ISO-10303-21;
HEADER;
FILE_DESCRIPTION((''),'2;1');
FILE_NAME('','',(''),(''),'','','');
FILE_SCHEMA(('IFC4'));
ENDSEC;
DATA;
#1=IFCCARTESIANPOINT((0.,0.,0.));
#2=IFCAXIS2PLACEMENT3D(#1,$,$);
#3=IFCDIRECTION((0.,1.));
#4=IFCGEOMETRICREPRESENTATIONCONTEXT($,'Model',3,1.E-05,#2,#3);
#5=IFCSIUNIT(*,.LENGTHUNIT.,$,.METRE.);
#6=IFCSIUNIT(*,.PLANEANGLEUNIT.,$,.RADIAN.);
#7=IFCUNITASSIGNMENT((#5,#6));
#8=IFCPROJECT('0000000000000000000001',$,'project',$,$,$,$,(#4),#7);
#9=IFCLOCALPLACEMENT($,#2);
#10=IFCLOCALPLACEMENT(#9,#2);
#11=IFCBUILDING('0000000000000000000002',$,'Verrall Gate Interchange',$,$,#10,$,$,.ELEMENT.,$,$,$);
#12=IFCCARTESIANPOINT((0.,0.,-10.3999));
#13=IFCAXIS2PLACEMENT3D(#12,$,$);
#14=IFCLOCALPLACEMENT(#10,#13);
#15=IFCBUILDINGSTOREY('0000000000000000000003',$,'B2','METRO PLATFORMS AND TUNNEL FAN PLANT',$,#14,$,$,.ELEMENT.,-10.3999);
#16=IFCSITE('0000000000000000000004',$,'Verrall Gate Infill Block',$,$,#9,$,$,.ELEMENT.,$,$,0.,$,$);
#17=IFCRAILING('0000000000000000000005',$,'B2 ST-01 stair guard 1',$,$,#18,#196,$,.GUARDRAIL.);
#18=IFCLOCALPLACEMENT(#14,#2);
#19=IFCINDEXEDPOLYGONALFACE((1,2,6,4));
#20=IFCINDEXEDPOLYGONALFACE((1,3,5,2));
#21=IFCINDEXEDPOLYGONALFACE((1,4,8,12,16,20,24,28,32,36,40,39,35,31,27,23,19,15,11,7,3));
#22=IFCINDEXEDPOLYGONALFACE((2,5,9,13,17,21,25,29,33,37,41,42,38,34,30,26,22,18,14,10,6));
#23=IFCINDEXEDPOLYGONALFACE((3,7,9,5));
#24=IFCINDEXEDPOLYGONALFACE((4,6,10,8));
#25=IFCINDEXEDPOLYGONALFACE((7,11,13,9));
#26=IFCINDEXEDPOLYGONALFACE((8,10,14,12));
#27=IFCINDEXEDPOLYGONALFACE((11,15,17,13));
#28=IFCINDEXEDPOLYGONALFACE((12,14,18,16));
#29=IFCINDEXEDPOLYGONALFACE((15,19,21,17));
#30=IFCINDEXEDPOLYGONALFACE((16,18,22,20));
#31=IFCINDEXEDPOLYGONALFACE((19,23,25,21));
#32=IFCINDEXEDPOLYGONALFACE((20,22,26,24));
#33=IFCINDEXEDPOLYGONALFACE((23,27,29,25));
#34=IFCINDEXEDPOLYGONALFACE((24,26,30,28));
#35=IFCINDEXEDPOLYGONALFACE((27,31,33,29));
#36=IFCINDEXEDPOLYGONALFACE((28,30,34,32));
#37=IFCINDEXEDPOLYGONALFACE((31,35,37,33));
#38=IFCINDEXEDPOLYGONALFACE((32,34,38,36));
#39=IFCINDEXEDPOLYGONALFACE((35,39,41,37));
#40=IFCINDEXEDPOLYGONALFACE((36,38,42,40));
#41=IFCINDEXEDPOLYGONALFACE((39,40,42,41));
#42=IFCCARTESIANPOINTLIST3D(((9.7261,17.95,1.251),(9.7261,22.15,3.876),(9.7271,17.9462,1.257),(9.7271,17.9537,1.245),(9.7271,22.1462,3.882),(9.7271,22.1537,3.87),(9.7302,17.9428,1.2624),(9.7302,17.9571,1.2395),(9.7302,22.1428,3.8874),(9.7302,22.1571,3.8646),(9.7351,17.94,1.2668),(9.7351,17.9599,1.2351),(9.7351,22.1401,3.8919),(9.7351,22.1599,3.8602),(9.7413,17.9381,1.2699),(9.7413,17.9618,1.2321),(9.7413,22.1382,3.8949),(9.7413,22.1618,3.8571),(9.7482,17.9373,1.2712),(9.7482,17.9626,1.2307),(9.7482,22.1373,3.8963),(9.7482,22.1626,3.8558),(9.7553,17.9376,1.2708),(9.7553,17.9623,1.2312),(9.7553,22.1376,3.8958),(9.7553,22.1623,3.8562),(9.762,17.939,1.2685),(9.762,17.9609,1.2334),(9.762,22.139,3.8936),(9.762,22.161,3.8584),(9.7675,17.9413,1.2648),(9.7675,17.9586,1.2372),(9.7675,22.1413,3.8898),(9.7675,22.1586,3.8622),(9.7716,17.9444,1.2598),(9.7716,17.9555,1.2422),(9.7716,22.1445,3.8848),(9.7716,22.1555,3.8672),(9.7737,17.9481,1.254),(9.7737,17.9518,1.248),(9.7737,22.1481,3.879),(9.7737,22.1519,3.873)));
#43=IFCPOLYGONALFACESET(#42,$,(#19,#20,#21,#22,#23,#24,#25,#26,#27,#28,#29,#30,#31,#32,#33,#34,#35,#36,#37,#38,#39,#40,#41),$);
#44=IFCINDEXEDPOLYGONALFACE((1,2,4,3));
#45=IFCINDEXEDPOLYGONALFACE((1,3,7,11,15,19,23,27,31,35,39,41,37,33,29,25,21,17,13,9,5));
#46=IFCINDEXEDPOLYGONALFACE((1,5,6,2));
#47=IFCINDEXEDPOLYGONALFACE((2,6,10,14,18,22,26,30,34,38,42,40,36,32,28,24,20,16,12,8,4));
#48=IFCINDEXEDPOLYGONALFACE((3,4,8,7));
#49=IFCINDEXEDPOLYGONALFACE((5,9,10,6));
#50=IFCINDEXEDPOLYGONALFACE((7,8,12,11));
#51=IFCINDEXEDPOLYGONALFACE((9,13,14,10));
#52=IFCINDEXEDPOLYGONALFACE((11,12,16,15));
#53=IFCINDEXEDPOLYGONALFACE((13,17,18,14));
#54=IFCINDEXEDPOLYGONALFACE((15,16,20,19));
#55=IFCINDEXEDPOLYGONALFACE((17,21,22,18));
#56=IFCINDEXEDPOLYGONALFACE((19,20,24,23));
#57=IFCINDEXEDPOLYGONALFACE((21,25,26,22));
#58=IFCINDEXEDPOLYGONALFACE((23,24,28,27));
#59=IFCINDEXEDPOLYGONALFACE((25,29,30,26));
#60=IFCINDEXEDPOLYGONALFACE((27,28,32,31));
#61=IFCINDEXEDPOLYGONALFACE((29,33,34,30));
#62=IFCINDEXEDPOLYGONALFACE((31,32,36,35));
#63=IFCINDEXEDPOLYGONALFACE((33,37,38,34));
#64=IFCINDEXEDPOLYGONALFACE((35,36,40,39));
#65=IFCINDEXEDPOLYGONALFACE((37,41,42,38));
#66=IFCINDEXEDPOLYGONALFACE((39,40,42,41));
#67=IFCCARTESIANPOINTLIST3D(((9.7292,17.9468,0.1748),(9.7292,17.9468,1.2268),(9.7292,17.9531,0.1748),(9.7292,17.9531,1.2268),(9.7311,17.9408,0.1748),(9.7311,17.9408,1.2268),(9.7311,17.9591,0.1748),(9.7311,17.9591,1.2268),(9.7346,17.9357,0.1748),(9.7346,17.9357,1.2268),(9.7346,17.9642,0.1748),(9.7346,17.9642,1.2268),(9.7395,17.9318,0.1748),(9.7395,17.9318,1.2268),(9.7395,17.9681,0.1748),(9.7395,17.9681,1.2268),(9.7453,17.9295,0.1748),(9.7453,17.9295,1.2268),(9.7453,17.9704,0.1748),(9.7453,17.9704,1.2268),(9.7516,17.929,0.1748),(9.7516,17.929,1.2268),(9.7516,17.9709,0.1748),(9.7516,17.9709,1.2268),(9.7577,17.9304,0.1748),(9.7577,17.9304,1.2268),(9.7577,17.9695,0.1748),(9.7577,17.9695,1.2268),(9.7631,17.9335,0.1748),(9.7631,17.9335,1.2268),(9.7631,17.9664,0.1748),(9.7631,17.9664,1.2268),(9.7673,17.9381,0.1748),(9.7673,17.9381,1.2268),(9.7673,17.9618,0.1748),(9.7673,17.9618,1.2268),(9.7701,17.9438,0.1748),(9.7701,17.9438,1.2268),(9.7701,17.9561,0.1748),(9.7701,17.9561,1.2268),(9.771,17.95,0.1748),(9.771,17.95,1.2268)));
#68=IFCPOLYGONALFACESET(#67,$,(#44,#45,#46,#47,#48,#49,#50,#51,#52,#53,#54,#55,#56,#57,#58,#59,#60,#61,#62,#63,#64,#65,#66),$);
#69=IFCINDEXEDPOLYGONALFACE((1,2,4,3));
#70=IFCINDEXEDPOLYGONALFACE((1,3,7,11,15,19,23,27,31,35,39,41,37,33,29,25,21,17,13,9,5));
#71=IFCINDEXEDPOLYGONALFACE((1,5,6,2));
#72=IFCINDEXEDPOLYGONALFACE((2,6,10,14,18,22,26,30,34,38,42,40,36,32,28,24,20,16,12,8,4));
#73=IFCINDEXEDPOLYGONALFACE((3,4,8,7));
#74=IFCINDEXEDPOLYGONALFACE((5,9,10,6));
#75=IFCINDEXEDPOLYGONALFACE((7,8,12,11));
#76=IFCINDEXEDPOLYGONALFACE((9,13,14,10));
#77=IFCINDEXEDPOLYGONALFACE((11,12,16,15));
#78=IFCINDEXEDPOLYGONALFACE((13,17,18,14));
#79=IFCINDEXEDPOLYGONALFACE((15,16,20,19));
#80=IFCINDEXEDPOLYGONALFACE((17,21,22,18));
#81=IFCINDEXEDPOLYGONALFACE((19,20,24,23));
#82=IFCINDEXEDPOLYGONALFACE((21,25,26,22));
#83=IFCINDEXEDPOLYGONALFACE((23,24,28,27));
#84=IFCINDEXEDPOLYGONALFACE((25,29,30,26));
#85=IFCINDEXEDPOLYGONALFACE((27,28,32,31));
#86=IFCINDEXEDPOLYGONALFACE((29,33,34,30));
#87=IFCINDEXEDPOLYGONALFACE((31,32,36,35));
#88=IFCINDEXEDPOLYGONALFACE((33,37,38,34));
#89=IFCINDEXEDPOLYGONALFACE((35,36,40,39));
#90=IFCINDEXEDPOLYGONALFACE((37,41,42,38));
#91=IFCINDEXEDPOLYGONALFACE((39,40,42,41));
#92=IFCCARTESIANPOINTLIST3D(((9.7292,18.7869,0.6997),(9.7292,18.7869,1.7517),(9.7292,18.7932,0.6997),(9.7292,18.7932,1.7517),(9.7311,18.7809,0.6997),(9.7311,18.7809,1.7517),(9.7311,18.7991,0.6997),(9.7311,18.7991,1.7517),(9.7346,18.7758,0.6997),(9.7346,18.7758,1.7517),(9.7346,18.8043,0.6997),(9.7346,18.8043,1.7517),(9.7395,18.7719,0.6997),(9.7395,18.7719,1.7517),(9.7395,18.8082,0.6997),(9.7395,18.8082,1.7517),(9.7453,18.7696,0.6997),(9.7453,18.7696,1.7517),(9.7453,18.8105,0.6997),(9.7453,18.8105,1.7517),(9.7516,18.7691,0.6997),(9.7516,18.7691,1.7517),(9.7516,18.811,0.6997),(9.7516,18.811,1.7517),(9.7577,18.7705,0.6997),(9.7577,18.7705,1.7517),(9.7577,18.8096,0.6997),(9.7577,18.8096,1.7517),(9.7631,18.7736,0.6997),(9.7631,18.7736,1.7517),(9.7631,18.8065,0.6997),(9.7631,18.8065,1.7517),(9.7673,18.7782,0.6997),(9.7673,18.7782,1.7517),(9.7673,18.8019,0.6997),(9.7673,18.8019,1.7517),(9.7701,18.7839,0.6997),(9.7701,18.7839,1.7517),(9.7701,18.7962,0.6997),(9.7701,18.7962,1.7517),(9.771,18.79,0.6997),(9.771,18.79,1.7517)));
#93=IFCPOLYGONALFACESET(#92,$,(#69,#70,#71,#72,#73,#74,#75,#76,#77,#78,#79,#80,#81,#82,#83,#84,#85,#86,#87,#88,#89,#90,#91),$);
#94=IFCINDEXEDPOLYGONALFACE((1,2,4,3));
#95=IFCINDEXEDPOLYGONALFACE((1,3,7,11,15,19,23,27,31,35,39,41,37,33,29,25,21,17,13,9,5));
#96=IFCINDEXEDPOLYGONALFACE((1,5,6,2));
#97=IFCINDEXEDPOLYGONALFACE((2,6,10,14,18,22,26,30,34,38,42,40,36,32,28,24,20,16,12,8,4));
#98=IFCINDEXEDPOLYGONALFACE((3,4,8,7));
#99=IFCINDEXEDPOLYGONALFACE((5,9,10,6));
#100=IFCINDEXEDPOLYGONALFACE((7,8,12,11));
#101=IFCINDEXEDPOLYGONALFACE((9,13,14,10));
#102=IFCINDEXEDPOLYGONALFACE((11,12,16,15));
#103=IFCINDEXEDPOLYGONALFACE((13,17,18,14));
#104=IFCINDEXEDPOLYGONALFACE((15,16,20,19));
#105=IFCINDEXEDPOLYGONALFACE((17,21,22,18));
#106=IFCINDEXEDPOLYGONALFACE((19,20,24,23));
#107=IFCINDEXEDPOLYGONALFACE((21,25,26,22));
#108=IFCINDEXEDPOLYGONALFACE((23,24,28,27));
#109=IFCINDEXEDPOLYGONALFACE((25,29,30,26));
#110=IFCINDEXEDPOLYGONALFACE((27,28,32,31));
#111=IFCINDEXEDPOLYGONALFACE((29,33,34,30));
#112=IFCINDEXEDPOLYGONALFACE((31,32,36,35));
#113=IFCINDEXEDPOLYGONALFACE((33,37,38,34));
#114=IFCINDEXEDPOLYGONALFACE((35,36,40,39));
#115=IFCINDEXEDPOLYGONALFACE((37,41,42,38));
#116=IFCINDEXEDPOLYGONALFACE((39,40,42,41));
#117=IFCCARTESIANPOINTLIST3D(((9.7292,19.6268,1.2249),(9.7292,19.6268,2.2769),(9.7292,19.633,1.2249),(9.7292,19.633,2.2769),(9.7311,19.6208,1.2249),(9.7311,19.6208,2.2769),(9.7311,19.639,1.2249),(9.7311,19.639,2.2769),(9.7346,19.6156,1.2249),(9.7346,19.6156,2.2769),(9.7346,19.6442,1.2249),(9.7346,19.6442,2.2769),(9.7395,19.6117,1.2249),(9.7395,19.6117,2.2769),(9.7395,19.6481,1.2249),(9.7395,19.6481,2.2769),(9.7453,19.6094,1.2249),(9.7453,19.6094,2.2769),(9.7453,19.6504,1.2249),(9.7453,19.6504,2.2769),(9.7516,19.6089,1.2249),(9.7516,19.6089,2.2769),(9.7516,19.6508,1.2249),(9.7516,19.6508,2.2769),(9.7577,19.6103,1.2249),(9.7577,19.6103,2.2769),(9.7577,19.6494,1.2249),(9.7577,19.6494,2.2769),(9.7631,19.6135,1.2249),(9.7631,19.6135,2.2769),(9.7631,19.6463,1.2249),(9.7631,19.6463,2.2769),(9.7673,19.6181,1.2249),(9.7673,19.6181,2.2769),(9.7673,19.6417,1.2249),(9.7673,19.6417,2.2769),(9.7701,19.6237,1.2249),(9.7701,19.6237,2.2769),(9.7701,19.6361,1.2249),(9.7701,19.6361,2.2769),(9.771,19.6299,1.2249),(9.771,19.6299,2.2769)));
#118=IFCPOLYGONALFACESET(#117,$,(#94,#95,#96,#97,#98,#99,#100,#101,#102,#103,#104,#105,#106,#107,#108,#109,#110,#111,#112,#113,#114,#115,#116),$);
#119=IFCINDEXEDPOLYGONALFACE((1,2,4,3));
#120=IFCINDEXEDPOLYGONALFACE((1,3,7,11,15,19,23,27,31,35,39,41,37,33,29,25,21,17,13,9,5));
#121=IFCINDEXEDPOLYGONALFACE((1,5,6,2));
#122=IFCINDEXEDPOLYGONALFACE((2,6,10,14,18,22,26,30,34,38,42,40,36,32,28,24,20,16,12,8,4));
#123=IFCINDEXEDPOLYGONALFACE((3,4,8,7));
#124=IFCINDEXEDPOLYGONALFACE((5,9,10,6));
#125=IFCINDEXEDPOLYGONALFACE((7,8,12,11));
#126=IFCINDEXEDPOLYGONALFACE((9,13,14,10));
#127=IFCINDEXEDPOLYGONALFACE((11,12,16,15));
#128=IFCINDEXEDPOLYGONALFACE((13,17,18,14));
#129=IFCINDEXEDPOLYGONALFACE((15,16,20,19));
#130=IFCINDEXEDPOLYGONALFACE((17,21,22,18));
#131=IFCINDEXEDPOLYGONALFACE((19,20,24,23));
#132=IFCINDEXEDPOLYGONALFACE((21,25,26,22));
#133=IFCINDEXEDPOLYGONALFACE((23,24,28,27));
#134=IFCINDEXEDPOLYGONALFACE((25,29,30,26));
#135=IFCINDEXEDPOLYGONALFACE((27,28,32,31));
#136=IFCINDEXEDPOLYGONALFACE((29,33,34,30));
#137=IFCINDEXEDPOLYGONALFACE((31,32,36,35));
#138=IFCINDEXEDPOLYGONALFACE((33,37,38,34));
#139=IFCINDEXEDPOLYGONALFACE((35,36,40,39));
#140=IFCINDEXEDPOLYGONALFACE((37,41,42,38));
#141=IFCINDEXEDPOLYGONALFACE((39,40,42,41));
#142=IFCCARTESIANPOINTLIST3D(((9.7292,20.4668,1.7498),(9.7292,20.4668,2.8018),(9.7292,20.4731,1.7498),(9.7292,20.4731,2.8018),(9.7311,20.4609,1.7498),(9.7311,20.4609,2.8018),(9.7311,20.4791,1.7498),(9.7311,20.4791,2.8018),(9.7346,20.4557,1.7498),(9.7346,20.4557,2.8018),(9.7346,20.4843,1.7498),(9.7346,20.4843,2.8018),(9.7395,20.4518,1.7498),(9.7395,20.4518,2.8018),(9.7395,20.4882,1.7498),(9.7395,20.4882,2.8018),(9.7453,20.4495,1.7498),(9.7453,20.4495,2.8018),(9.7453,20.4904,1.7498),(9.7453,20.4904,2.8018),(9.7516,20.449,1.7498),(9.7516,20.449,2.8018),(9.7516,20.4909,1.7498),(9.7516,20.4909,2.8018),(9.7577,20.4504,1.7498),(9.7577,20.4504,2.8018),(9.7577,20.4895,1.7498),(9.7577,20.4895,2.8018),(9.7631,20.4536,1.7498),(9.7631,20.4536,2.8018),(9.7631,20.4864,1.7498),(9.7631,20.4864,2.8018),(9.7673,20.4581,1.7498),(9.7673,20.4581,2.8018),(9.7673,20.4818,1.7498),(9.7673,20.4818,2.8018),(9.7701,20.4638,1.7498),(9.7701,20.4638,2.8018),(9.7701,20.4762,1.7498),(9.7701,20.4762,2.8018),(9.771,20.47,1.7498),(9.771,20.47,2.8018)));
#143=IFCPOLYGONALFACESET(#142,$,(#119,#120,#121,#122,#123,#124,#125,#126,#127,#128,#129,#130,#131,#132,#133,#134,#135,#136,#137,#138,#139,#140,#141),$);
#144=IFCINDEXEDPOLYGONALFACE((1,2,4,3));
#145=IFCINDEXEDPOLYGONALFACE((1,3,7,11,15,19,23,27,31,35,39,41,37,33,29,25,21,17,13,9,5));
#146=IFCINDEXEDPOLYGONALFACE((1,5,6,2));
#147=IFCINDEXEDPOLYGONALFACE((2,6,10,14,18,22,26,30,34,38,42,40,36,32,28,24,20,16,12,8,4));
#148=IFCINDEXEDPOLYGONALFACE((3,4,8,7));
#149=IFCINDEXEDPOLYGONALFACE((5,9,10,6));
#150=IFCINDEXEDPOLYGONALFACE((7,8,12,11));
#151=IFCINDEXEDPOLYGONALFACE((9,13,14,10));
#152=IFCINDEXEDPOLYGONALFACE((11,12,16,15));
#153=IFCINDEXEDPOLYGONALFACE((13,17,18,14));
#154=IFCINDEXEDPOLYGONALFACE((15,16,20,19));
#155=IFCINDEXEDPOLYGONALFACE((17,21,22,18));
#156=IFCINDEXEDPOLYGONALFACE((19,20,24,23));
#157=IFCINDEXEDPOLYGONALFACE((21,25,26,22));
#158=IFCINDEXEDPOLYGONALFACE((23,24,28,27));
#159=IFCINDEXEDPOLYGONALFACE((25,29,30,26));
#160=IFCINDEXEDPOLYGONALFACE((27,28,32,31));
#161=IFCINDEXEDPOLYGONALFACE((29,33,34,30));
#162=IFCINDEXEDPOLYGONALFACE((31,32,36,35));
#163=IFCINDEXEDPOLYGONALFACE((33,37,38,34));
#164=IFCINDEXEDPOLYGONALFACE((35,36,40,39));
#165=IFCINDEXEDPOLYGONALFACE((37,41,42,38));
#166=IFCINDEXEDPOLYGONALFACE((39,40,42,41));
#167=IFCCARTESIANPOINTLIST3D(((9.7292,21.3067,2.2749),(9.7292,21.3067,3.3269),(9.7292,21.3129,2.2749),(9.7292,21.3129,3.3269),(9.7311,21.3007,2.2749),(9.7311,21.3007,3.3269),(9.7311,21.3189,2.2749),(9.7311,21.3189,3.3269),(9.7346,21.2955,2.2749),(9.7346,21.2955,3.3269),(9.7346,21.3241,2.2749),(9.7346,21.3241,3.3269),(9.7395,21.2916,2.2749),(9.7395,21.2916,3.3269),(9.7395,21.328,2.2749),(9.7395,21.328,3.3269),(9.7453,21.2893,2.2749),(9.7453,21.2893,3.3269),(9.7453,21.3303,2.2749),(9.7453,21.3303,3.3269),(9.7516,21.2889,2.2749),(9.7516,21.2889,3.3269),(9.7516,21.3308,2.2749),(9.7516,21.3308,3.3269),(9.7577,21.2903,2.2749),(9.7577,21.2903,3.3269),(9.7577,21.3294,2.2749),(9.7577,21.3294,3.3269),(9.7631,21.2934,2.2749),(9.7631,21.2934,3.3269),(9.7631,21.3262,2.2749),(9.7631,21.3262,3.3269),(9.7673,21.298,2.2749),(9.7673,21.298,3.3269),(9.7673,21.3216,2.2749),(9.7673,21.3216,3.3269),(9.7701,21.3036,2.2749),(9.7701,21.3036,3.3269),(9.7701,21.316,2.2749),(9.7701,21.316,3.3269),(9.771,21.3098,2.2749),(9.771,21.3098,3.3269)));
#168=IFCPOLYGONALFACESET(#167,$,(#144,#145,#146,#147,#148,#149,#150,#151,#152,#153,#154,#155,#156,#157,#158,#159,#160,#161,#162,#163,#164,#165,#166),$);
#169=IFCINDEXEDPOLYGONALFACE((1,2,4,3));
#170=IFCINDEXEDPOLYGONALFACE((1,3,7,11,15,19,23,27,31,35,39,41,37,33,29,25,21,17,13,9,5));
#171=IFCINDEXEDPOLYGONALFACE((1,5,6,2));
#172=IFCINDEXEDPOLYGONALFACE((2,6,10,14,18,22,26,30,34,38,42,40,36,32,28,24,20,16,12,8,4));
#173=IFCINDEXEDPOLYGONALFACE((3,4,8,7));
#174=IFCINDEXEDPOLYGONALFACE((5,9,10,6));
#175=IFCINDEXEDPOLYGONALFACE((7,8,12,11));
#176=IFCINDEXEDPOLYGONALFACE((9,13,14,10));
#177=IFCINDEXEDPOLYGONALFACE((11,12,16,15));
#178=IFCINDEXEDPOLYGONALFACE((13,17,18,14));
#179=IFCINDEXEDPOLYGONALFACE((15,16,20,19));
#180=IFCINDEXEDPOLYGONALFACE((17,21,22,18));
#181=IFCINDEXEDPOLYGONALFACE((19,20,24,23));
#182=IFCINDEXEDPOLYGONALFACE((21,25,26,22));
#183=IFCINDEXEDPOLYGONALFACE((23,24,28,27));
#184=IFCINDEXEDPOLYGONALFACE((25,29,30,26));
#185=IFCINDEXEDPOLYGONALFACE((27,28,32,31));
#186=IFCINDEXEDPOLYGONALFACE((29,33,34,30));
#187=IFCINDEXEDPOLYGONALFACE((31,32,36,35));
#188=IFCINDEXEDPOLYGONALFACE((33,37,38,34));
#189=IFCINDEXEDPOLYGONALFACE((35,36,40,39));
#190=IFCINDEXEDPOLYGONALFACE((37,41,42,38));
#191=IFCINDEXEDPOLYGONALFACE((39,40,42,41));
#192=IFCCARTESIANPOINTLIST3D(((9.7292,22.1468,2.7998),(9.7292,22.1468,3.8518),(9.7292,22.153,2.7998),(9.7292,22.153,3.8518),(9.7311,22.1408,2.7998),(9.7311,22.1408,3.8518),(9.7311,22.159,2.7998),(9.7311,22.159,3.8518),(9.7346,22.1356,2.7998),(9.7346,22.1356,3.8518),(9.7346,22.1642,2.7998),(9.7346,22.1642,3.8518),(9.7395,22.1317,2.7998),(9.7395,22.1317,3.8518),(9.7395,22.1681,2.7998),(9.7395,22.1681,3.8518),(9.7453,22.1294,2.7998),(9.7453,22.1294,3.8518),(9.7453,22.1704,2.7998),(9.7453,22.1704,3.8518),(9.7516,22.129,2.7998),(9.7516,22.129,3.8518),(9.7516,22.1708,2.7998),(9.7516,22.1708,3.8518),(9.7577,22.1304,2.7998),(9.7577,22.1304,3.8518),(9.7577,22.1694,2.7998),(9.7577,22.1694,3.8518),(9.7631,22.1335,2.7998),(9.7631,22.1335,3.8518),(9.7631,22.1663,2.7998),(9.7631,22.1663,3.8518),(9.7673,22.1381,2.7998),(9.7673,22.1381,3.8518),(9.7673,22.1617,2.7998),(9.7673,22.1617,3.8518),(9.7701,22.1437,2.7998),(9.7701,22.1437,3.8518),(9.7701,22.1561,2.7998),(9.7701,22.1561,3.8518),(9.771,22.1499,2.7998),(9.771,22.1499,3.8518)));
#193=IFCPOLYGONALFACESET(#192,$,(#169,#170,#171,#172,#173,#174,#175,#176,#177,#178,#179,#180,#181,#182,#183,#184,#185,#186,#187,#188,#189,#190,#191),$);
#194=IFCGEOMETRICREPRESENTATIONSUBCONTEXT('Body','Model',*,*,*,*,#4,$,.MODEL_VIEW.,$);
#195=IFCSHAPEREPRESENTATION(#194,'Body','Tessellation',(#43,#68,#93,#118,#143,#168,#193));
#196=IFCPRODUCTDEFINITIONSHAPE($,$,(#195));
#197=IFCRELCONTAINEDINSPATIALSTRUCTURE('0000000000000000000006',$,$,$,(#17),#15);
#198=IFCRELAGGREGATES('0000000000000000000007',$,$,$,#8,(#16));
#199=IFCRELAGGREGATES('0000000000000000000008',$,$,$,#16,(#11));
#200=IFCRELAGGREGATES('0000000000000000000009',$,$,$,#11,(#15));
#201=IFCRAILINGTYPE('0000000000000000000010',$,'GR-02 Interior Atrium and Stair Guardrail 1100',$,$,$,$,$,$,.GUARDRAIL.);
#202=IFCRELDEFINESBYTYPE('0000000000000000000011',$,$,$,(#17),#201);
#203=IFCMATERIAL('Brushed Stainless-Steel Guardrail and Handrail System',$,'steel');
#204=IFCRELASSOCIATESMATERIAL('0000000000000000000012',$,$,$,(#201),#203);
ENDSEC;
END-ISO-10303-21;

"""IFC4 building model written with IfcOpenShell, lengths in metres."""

from ifc_helpers import new_model, si_unit, direction, frame, origin, origin_2d, place, context, subcontext, project, spatial, circle, extrude, material, type_object, element, save


model = new_model("IFC4")

# Units and contexts
model_context = context("Model", 3, precision=1e-05, world=origin(), true_north=direction((0.0, 1.0)))
body_context = subcontext(model_context, "Body", "Model", "MODEL_VIEW")
ifc_project = project(units=[si_unit("LENGTHUNIT", "METRE"), si_unit("PLANEANGLEUNIT", "RADIAN")], contexts=[model_context])

# Site, building, storey
site_placement = place(None, origin())
site = spatial("IfcSite", under=ifc_project, at=site_placement, Name="Verrall Gate Infill Block", CompositionType="ELEMENT", RefElevation=0.0)
building_placement = place(site_placement, origin())
building = spatial("IfcBuilding", under=site, at=building_placement, Name="Verrall Gate Interchange", CompositionType="ELEMENT")
storey_placement = place(building_placement, frame((0.0, 0.0, -10.3999)))
storey = spatial("IfcBuildingStorey", under=building, at=storey_placement, Name="B2", Description="METRO PLATFORMS AND TUNNEL FAN PLANT", CompositionType="ELEMENT", Elevation=-10.3999)

# Railing
ifc_material_1 = material(Name="Brushed Stainless-Steel Guardrail and Handrail System", Category="steel")
railing_type_1 = type_object("IfcRailingType", Name="GR-02 Interior Atrium and Stair Guardrail 1100", PredefinedType="GUARDRAIL", material=ifc_material_1)
railing_1_placement = place(storey_placement, frame((9.75, 17.95, 0.1748)))
element("IfcRailing", 1, at=railing_1_placement, inside=storey, type_object=railing_type_1, Name="B2 ST-01 stair guard 1", PredefinedType="GUARDRAIL", context=body_context, shape_type="SweptSolid", body=[
    extrude(circle(Radius=0.0239, at=origin_2d()), frame((0.0, 0.0, 1.0762), z_axis=(0.0, 0.847996, 0.530003), x_axis=(-1.0, 0.0, 0.0)), (0.0, 0.0, 1.0), 4.9529),
    extrude(circle(Radius=0.021, at=origin_2d()), origin(), (0.0, 0.0, 1.0), 1.052),
    extrude(circle(Radius=0.021, at=origin_2d()), frame((0.0, 0.8401, 0.5249)), (0.0, 0.0, 1.0), 1.052),
    extrude(circle(Radius=0.021, at=origin_2d()), frame((0.0, 1.6799, 1.05)), (0.0, 0.0, 1.0), 1.052),
    extrude(circle(Radius=0.021, at=origin_2d()), frame((0.0, 2.52, 1.575)), (0.0, 0.0, 1.0), 1.052),
    extrude(circle(Radius=0.021, at=origin_2d()), frame((0.0, 3.3599, 2.1001)), (0.0, 0.0, 1.0), 1.052),
    extrude(circle(Radius=0.021, at=origin_2d()), frame((0.0, 4.2, 2.625)), (0.0, 0.0, 1.0), 1.052),
])

save(model, "model.ifc")
